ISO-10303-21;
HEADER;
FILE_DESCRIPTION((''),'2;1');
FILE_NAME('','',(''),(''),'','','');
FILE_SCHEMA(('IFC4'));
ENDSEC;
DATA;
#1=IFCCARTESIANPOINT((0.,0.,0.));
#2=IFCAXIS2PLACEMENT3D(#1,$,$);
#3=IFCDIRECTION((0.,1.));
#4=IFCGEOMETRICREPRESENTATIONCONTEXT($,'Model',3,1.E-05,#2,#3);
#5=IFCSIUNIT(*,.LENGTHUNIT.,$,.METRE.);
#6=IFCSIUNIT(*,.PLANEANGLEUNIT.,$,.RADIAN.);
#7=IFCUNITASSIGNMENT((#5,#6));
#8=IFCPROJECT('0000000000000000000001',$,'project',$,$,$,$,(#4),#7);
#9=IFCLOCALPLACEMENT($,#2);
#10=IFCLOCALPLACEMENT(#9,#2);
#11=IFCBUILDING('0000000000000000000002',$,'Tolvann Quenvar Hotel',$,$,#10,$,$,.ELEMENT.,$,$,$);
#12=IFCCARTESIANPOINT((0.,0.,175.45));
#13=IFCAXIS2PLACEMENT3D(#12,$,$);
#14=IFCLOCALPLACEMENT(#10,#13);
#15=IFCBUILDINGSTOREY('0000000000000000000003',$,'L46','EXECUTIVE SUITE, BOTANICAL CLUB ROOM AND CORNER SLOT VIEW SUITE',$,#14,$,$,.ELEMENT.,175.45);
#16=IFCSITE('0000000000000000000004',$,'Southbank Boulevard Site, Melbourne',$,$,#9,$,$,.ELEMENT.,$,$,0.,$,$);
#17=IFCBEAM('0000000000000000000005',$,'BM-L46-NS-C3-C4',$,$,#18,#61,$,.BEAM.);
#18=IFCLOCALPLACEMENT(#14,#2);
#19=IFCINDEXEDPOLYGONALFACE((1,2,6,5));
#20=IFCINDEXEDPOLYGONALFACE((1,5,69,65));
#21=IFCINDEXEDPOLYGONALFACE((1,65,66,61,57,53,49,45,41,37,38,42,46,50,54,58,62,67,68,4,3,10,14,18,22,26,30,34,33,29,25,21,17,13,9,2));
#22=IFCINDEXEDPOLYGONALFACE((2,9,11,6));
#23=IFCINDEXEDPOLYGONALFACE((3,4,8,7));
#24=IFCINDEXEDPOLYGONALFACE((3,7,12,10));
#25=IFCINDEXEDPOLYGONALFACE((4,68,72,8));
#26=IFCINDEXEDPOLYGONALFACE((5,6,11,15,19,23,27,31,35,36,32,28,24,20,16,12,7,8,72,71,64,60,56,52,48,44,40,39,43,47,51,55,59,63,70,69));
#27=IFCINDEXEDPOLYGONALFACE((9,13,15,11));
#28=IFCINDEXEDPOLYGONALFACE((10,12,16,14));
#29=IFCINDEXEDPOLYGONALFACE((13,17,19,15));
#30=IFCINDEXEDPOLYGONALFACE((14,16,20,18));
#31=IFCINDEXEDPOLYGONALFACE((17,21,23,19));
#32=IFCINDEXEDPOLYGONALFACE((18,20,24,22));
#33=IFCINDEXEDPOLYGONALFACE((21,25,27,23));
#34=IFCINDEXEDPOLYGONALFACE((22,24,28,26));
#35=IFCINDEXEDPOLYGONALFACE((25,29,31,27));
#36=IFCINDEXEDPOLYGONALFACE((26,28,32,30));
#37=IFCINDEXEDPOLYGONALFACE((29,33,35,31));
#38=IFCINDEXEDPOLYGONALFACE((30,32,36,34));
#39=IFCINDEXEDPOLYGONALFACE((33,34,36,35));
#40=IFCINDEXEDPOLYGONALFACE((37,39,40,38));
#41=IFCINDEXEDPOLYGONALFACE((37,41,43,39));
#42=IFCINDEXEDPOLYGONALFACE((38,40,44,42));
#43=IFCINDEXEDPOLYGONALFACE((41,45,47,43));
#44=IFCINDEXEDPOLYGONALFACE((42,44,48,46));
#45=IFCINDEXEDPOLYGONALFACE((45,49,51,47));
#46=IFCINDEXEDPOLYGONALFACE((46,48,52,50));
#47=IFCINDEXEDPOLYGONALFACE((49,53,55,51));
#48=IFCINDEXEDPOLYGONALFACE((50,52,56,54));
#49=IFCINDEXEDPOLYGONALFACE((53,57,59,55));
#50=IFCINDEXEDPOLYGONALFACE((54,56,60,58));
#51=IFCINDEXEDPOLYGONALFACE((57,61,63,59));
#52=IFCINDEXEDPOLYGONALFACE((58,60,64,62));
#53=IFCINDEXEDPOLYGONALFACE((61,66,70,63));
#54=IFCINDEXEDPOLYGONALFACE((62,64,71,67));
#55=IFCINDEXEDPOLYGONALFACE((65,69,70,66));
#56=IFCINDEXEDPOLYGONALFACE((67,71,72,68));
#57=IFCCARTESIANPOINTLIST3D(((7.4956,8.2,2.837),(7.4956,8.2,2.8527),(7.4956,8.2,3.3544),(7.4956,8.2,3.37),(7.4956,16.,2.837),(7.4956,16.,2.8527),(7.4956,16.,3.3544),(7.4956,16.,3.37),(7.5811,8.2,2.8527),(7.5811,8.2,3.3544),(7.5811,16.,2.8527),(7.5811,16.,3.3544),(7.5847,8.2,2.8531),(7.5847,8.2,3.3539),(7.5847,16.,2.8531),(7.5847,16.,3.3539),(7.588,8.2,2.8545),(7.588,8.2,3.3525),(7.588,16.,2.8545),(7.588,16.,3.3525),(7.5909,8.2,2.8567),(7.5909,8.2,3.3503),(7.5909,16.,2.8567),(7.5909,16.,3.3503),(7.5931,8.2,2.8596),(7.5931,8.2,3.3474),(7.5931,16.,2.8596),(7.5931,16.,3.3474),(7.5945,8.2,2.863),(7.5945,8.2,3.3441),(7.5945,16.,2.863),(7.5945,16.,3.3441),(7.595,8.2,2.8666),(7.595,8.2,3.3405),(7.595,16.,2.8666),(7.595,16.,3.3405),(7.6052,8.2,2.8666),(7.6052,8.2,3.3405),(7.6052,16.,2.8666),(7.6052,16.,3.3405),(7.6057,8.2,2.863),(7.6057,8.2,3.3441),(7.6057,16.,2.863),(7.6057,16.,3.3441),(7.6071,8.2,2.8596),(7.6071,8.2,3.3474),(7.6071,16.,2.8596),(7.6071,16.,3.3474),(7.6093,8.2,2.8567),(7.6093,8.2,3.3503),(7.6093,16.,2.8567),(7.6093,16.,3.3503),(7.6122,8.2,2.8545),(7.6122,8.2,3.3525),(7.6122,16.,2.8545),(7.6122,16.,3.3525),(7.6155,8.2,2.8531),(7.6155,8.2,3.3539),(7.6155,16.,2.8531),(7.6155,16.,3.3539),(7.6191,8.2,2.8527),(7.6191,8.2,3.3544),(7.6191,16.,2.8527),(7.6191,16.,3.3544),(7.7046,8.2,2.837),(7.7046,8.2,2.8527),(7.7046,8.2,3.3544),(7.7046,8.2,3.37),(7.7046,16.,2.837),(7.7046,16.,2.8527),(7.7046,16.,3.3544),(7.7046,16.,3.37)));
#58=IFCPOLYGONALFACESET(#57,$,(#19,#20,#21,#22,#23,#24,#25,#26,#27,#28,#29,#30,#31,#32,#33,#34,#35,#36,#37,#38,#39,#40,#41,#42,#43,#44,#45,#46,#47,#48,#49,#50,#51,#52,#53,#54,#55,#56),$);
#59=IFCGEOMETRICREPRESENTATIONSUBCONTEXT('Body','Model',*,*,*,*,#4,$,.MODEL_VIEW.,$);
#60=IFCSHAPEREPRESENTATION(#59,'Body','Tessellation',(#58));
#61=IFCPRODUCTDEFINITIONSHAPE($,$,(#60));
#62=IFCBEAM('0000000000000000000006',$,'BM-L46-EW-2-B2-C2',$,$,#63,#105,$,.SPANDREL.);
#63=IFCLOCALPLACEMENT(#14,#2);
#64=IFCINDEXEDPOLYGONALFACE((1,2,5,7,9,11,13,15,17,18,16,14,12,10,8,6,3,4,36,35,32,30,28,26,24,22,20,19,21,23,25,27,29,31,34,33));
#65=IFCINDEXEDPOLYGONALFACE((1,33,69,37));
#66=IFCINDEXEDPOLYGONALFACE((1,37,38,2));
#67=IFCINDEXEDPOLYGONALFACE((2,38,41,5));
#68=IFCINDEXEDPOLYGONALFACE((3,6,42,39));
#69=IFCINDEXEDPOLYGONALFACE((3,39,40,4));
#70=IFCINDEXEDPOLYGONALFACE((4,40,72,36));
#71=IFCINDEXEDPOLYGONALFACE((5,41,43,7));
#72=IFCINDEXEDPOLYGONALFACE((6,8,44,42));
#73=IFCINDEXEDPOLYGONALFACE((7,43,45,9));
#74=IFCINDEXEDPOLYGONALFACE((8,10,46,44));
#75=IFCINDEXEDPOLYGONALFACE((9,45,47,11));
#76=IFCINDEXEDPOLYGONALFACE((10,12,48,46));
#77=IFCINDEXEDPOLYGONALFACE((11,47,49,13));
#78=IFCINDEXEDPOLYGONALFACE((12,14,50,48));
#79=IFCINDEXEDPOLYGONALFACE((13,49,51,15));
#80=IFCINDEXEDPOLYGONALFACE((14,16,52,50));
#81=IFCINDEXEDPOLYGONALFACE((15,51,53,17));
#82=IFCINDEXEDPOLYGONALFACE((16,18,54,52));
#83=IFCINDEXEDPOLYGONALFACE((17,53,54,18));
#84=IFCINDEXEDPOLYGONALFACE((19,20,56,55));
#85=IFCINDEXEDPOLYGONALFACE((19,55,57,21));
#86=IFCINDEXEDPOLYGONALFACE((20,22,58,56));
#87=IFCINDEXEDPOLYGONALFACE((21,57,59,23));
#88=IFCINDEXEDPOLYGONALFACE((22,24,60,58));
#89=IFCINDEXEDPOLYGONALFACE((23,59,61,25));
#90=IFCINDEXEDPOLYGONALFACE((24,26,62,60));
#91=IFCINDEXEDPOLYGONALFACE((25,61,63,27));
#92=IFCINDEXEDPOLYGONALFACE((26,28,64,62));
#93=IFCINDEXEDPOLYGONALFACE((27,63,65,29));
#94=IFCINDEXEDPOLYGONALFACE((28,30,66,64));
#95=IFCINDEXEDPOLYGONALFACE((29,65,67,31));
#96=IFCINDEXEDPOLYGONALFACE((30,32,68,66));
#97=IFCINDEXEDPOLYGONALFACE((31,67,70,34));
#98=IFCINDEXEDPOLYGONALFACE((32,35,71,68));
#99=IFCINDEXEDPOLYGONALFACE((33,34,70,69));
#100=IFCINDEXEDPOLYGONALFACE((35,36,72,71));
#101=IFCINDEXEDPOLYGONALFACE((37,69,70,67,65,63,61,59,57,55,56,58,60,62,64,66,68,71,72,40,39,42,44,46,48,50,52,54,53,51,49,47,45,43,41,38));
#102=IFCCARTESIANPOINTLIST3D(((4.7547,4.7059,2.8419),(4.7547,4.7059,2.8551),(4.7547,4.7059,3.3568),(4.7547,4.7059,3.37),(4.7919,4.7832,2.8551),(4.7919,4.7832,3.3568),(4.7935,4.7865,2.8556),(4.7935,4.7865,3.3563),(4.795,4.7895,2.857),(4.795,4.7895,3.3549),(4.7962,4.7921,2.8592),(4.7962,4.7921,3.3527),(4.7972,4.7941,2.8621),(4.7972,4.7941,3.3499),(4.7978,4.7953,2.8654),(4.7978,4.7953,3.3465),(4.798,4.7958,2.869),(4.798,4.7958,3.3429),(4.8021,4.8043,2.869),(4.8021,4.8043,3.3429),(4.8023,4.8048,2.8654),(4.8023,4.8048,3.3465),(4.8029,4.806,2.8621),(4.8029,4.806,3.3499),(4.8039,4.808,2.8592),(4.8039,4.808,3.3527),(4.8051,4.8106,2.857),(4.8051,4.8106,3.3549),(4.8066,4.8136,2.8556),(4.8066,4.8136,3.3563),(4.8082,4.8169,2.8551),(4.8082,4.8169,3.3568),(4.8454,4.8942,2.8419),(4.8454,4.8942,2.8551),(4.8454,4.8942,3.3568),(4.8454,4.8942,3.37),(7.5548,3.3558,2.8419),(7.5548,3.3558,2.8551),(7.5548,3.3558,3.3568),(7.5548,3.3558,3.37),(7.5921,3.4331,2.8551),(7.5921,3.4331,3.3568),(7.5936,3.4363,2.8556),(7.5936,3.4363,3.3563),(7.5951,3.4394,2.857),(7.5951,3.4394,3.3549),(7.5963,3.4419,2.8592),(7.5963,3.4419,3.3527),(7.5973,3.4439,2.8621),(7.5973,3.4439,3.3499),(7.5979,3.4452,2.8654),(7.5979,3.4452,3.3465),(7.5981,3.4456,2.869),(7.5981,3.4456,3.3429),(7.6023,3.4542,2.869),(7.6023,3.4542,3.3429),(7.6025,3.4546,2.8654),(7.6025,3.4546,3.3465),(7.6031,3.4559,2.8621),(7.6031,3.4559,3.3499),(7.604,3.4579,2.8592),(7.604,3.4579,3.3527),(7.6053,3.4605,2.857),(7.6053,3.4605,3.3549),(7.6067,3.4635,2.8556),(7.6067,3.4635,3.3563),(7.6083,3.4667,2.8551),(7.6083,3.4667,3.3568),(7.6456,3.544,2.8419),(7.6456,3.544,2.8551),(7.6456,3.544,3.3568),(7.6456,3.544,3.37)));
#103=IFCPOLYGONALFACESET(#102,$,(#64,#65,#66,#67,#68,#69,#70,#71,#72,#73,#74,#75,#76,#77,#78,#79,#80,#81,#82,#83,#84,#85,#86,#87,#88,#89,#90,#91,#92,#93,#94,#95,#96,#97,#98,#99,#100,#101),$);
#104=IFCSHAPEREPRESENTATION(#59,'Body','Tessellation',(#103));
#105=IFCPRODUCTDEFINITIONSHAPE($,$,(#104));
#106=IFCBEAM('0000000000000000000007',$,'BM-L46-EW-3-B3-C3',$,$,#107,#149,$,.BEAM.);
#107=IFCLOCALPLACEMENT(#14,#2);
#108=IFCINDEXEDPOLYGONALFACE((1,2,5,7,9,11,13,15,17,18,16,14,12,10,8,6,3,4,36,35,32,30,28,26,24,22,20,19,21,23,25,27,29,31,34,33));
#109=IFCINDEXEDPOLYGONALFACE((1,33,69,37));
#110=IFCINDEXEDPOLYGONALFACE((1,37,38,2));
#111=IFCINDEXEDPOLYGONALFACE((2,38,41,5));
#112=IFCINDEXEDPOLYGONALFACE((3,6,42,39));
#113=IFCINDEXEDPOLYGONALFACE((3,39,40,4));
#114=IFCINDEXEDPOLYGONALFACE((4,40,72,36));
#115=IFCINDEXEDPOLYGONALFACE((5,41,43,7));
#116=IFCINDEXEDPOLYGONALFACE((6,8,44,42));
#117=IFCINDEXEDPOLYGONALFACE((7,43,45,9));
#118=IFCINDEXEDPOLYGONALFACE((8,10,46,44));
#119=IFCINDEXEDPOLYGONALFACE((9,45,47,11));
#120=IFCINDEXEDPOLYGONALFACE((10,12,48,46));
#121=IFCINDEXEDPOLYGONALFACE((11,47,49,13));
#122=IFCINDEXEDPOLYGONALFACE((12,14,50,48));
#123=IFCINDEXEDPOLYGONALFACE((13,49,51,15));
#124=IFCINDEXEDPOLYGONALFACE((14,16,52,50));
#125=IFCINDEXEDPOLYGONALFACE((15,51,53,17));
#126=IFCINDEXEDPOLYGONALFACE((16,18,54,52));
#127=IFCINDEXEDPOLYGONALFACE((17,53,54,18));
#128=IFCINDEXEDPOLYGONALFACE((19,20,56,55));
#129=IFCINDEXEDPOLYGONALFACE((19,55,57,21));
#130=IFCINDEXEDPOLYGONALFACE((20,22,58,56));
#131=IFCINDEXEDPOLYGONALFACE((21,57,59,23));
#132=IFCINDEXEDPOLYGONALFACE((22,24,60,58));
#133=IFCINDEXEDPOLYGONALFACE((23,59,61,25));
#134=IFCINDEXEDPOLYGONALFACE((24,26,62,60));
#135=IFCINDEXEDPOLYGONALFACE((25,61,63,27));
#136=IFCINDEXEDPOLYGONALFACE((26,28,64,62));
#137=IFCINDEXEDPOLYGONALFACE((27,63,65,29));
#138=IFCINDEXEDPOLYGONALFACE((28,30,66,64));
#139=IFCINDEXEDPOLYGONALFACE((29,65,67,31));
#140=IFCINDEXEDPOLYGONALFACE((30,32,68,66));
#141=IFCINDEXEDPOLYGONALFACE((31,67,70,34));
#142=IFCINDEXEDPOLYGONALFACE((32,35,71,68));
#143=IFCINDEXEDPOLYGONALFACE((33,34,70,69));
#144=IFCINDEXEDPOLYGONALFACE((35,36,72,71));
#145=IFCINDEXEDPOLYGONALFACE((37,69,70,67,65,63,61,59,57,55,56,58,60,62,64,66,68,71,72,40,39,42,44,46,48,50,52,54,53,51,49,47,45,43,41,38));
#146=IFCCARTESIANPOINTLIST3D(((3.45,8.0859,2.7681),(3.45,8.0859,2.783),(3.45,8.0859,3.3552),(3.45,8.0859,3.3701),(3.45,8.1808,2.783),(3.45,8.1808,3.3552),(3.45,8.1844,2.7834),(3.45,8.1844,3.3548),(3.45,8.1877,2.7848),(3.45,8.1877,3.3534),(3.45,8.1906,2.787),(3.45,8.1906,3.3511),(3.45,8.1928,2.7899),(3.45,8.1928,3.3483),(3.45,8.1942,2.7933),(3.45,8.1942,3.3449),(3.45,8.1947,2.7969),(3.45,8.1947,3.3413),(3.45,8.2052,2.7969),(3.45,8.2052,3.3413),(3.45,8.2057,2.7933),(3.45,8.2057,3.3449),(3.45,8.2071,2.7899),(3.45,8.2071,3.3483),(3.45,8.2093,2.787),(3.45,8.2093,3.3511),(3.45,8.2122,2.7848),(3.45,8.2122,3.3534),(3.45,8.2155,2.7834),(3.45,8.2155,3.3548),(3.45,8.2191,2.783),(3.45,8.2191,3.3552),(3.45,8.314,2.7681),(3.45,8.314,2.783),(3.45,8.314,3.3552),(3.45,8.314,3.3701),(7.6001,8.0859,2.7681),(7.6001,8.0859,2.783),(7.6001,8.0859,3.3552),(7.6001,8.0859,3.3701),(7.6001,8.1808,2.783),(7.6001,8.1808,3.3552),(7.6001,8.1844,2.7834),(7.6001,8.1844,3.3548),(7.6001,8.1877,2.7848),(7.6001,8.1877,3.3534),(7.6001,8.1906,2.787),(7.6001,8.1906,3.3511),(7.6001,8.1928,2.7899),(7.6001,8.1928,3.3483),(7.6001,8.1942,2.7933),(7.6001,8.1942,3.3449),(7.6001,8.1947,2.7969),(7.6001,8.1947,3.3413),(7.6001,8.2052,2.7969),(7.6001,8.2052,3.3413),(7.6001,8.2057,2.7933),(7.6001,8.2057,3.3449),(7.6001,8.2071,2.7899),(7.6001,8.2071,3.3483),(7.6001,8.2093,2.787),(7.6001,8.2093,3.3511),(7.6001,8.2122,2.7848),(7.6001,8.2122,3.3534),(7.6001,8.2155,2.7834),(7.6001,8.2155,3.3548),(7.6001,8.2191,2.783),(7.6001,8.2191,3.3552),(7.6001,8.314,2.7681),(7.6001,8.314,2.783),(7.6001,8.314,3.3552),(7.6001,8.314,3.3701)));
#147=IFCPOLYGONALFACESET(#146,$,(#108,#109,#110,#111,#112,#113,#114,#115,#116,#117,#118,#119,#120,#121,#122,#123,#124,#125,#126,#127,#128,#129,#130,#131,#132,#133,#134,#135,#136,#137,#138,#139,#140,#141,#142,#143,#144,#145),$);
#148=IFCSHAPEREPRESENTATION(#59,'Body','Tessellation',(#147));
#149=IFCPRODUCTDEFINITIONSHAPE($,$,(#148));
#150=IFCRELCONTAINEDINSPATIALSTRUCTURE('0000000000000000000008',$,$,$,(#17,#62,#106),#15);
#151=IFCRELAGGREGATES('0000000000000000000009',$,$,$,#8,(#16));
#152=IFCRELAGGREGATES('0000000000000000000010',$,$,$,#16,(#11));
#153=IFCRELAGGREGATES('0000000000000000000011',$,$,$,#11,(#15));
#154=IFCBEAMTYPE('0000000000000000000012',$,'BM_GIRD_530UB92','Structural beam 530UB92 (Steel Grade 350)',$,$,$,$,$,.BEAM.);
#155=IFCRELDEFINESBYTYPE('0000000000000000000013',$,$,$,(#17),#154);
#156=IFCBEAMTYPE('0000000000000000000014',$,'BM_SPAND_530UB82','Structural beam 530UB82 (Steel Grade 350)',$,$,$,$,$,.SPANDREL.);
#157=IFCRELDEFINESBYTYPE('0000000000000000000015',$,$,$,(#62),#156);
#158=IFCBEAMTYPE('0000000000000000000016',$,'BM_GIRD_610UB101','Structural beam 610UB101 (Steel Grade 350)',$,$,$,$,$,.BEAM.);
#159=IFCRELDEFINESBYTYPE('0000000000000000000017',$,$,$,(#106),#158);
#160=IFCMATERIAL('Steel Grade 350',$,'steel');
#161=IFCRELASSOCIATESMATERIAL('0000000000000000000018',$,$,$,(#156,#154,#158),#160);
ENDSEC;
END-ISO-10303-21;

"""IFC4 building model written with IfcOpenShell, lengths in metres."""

from ifc_helpers import new_model, si_unit, direction, frame, origin, origin_2d, place, context, subcontext, project, spatial, i_section, extrude, source, transform, mapped, material, material_profile, profile_set, type_object, element, save


model = new_model("IFC4")

# Units and contexts
model_context = context("Model", 3, precision=1e-05, world=origin(), true_north=direction((0.0, 1.0)))
body_context = subcontext(model_context, "Body", "Model", "MODEL_VIEW")
ifc_project = project(units=[si_unit("LENGTHUNIT", "METRE"), si_unit("PLANEANGLEUNIT", "RADIAN")], contexts=[model_context])

# Site, building, storey
site_placement = place(None, origin())
site = spatial("IfcSite", under=ifc_project, at=site_placement, Name="Southbank Boulevard Site, Melbourne", CompositionType="ELEMENT", RefElevation=0.0)
building_placement = place(site_placement, origin())
building = spatial("IfcBuilding", under=site, at=building_placement, Name="Tolvann Quenvar Hotel", CompositionType="ELEMENT")
storey_placement = place(building_placement, frame((0.0, 0.0, 175.45)))
storey = spatial("IfcBuildingStorey", under=building, at=storey_placement, Name="L46", Description="EXECUTIVE SUITE, BOTANICAL CLUB ROOM AND CORNER SLOT VIEW SUITE", CompositionType="ELEMENT", Elevation=175.45)

# Shared definitions
ifc_material_1 = material(Name="Steel Grade 350", Category="steel")

# Beams
ifc_material_profile_1 = material_profile(ifc_material_1, i_section(OverallWidth=0.209, OverallDepth=0.5281, WebThickness=0.0095, FlangeThickness=0.0132, FilletRadius=0.0139, at=origin_2d()), Name="530UB82")
ifc_profile_set_1 = profile_set([ifc_material_profile_1], Name="Steel Grade 350")
beam_type_1 = type_object("IfcBeamType", Name="BM_SPAND_530UB82", Description="Structural beam 530UB82 (Steel Grade 350)", PredefinedType="SPANDREL", material=ifc_profile_set_1)
ifc_material_profile_2 = material_profile(ifc_material_1, i_section(OverallWidth=0.209, OverallDepth=0.533, WebThickness=0.0103, FlangeThickness=0.0156, FilletRadius=0.0139, at=origin_2d()), Name="530UB92")
ifc_profile_set_2 = profile_set([ifc_material_profile_2], Name="Steel Grade 350")
beam_type_2 = type_object("IfcBeamType", Name="BM_GIRD_530UB92", Description="Structural beam 530UB92 (Steel Grade 350)", PredefinedType="BEAM", material=ifc_profile_set_2)
shared_shape_1 = source(origin(), body_context, "Body", "SweptSolid", [
    extrude(i_section(OverallWidth=0.209, OverallDepth=0.533, WebThickness=0.0103, FlangeThickness=0.0156, FilletRadius=0.0139, at=origin_2d()), origin(), (0.0, 0.0, 1.0), 7.8),
])
beam_1_placement = place(storey_placement, frame((7.6001, 8.2, 3.1035), z_axis=(0.0, 1.0, 0.0), x_axis=(-1.0, 0.0, 0.0)))
element("IfcBeam", 1, at=beam_1_placement, inside=storey, type_object=beam_type_2, Name="BM-L46-NS-C3-C4", PredefinedType="BEAM", context=body_context, shape_type="MappedRepresentation", body=[
    mapped(shared_shape_1, transform((0.0, 0.0, 0.0), x_axis=(1.0, 0.0, 0.0), y_axis=(0.0, 1.0, 0.0), z_axis=(0.0, 0.0, 1.0), scale=1.0)),
])
shared_shape_2 = source(origin(), body_context, "Body", "SweptSolid", [
    extrude(i_section(OverallWidth=0.209, OverallDepth=0.5281, WebThickness=0.0095, FlangeThickness=0.0132, FilletRadius=0.0139, at=origin_2d()), origin(), (0.0, 0.0, 1.0), 3.1086),
])
beam_2_placement = place(storey_placement, frame((4.8, 4.8, 3.106), z_axis=(0.900759, -0.434319, 0.0), x_axis=(0.434319, 0.900759, 0.0)))
element("IfcBeam", 2, at=beam_2_placement, inside=storey, type_object=beam_type_1, Name="BM-L46-EW-2-B2-C2", PredefinedType="SPANDREL", context=body_context, shape_type="MappedRepresentation", body=[
    mapped(shared_shape_2, transform((0.0, 0.0, 0.0), x_axis=(1.0, 0.0, 0.0), y_axis=(0.0, 1.0, 0.0), z_axis=(0.0, 0.0, 1.0), scale=1.0)),
])
ifc_material_profile_3 = material_profile(ifc_material_1, i_section(OverallWidth=0.228, OverallDepth=0.6021, WebThickness=0.0105, FlangeThickness=0.0149, FilletRadius=0.0139, at=origin_2d()), Name="610UB101")
ifc_profile_set_3 = profile_set([ifc_material_profile_3], Name="Steel Grade 350")
beam_type_3 = type_object("IfcBeamType", Name="BM_GIRD_610UB101", Description="Structural beam 610UB101 (Steel Grade 350)", PredefinedType="BEAM", material=ifc_profile_set_3)
shared_shape_3 = source(origin(), body_context, "Body", "SweptSolid", [
    extrude(i_section(OverallWidth=0.228, OverallDepth=0.6021, WebThickness=0.0105, FlangeThickness=0.0149, FilletRadius=0.0139, at=origin_2d()), origin(), (0.0, 0.0, 1.0), 4.1501),
])
beam_3_placement = place(storey_placement, frame((3.45, 8.2, 3.0691), z_axis=(1.0, 0.0, 0.0), x_axis=(0.0, 1.0, 0.0)))
element("IfcBeam", 3, at=beam_3_placement, inside=storey, type_object=beam_type_3, Name="BM-L46-EW-3-B3-C3", PredefinedType="BEAM", context=body_context, shape_type="MappedRepresentation", body=[
    mapped(shared_shape_3, transform((0.0, 0.0, 0.0), x_axis=(1.0, 0.0, 0.0), y_axis=(0.0, 1.0, 0.0), z_axis=(0.0, 0.0, 1.0), scale=1.0)),
])

save(model, "model.ifc")
